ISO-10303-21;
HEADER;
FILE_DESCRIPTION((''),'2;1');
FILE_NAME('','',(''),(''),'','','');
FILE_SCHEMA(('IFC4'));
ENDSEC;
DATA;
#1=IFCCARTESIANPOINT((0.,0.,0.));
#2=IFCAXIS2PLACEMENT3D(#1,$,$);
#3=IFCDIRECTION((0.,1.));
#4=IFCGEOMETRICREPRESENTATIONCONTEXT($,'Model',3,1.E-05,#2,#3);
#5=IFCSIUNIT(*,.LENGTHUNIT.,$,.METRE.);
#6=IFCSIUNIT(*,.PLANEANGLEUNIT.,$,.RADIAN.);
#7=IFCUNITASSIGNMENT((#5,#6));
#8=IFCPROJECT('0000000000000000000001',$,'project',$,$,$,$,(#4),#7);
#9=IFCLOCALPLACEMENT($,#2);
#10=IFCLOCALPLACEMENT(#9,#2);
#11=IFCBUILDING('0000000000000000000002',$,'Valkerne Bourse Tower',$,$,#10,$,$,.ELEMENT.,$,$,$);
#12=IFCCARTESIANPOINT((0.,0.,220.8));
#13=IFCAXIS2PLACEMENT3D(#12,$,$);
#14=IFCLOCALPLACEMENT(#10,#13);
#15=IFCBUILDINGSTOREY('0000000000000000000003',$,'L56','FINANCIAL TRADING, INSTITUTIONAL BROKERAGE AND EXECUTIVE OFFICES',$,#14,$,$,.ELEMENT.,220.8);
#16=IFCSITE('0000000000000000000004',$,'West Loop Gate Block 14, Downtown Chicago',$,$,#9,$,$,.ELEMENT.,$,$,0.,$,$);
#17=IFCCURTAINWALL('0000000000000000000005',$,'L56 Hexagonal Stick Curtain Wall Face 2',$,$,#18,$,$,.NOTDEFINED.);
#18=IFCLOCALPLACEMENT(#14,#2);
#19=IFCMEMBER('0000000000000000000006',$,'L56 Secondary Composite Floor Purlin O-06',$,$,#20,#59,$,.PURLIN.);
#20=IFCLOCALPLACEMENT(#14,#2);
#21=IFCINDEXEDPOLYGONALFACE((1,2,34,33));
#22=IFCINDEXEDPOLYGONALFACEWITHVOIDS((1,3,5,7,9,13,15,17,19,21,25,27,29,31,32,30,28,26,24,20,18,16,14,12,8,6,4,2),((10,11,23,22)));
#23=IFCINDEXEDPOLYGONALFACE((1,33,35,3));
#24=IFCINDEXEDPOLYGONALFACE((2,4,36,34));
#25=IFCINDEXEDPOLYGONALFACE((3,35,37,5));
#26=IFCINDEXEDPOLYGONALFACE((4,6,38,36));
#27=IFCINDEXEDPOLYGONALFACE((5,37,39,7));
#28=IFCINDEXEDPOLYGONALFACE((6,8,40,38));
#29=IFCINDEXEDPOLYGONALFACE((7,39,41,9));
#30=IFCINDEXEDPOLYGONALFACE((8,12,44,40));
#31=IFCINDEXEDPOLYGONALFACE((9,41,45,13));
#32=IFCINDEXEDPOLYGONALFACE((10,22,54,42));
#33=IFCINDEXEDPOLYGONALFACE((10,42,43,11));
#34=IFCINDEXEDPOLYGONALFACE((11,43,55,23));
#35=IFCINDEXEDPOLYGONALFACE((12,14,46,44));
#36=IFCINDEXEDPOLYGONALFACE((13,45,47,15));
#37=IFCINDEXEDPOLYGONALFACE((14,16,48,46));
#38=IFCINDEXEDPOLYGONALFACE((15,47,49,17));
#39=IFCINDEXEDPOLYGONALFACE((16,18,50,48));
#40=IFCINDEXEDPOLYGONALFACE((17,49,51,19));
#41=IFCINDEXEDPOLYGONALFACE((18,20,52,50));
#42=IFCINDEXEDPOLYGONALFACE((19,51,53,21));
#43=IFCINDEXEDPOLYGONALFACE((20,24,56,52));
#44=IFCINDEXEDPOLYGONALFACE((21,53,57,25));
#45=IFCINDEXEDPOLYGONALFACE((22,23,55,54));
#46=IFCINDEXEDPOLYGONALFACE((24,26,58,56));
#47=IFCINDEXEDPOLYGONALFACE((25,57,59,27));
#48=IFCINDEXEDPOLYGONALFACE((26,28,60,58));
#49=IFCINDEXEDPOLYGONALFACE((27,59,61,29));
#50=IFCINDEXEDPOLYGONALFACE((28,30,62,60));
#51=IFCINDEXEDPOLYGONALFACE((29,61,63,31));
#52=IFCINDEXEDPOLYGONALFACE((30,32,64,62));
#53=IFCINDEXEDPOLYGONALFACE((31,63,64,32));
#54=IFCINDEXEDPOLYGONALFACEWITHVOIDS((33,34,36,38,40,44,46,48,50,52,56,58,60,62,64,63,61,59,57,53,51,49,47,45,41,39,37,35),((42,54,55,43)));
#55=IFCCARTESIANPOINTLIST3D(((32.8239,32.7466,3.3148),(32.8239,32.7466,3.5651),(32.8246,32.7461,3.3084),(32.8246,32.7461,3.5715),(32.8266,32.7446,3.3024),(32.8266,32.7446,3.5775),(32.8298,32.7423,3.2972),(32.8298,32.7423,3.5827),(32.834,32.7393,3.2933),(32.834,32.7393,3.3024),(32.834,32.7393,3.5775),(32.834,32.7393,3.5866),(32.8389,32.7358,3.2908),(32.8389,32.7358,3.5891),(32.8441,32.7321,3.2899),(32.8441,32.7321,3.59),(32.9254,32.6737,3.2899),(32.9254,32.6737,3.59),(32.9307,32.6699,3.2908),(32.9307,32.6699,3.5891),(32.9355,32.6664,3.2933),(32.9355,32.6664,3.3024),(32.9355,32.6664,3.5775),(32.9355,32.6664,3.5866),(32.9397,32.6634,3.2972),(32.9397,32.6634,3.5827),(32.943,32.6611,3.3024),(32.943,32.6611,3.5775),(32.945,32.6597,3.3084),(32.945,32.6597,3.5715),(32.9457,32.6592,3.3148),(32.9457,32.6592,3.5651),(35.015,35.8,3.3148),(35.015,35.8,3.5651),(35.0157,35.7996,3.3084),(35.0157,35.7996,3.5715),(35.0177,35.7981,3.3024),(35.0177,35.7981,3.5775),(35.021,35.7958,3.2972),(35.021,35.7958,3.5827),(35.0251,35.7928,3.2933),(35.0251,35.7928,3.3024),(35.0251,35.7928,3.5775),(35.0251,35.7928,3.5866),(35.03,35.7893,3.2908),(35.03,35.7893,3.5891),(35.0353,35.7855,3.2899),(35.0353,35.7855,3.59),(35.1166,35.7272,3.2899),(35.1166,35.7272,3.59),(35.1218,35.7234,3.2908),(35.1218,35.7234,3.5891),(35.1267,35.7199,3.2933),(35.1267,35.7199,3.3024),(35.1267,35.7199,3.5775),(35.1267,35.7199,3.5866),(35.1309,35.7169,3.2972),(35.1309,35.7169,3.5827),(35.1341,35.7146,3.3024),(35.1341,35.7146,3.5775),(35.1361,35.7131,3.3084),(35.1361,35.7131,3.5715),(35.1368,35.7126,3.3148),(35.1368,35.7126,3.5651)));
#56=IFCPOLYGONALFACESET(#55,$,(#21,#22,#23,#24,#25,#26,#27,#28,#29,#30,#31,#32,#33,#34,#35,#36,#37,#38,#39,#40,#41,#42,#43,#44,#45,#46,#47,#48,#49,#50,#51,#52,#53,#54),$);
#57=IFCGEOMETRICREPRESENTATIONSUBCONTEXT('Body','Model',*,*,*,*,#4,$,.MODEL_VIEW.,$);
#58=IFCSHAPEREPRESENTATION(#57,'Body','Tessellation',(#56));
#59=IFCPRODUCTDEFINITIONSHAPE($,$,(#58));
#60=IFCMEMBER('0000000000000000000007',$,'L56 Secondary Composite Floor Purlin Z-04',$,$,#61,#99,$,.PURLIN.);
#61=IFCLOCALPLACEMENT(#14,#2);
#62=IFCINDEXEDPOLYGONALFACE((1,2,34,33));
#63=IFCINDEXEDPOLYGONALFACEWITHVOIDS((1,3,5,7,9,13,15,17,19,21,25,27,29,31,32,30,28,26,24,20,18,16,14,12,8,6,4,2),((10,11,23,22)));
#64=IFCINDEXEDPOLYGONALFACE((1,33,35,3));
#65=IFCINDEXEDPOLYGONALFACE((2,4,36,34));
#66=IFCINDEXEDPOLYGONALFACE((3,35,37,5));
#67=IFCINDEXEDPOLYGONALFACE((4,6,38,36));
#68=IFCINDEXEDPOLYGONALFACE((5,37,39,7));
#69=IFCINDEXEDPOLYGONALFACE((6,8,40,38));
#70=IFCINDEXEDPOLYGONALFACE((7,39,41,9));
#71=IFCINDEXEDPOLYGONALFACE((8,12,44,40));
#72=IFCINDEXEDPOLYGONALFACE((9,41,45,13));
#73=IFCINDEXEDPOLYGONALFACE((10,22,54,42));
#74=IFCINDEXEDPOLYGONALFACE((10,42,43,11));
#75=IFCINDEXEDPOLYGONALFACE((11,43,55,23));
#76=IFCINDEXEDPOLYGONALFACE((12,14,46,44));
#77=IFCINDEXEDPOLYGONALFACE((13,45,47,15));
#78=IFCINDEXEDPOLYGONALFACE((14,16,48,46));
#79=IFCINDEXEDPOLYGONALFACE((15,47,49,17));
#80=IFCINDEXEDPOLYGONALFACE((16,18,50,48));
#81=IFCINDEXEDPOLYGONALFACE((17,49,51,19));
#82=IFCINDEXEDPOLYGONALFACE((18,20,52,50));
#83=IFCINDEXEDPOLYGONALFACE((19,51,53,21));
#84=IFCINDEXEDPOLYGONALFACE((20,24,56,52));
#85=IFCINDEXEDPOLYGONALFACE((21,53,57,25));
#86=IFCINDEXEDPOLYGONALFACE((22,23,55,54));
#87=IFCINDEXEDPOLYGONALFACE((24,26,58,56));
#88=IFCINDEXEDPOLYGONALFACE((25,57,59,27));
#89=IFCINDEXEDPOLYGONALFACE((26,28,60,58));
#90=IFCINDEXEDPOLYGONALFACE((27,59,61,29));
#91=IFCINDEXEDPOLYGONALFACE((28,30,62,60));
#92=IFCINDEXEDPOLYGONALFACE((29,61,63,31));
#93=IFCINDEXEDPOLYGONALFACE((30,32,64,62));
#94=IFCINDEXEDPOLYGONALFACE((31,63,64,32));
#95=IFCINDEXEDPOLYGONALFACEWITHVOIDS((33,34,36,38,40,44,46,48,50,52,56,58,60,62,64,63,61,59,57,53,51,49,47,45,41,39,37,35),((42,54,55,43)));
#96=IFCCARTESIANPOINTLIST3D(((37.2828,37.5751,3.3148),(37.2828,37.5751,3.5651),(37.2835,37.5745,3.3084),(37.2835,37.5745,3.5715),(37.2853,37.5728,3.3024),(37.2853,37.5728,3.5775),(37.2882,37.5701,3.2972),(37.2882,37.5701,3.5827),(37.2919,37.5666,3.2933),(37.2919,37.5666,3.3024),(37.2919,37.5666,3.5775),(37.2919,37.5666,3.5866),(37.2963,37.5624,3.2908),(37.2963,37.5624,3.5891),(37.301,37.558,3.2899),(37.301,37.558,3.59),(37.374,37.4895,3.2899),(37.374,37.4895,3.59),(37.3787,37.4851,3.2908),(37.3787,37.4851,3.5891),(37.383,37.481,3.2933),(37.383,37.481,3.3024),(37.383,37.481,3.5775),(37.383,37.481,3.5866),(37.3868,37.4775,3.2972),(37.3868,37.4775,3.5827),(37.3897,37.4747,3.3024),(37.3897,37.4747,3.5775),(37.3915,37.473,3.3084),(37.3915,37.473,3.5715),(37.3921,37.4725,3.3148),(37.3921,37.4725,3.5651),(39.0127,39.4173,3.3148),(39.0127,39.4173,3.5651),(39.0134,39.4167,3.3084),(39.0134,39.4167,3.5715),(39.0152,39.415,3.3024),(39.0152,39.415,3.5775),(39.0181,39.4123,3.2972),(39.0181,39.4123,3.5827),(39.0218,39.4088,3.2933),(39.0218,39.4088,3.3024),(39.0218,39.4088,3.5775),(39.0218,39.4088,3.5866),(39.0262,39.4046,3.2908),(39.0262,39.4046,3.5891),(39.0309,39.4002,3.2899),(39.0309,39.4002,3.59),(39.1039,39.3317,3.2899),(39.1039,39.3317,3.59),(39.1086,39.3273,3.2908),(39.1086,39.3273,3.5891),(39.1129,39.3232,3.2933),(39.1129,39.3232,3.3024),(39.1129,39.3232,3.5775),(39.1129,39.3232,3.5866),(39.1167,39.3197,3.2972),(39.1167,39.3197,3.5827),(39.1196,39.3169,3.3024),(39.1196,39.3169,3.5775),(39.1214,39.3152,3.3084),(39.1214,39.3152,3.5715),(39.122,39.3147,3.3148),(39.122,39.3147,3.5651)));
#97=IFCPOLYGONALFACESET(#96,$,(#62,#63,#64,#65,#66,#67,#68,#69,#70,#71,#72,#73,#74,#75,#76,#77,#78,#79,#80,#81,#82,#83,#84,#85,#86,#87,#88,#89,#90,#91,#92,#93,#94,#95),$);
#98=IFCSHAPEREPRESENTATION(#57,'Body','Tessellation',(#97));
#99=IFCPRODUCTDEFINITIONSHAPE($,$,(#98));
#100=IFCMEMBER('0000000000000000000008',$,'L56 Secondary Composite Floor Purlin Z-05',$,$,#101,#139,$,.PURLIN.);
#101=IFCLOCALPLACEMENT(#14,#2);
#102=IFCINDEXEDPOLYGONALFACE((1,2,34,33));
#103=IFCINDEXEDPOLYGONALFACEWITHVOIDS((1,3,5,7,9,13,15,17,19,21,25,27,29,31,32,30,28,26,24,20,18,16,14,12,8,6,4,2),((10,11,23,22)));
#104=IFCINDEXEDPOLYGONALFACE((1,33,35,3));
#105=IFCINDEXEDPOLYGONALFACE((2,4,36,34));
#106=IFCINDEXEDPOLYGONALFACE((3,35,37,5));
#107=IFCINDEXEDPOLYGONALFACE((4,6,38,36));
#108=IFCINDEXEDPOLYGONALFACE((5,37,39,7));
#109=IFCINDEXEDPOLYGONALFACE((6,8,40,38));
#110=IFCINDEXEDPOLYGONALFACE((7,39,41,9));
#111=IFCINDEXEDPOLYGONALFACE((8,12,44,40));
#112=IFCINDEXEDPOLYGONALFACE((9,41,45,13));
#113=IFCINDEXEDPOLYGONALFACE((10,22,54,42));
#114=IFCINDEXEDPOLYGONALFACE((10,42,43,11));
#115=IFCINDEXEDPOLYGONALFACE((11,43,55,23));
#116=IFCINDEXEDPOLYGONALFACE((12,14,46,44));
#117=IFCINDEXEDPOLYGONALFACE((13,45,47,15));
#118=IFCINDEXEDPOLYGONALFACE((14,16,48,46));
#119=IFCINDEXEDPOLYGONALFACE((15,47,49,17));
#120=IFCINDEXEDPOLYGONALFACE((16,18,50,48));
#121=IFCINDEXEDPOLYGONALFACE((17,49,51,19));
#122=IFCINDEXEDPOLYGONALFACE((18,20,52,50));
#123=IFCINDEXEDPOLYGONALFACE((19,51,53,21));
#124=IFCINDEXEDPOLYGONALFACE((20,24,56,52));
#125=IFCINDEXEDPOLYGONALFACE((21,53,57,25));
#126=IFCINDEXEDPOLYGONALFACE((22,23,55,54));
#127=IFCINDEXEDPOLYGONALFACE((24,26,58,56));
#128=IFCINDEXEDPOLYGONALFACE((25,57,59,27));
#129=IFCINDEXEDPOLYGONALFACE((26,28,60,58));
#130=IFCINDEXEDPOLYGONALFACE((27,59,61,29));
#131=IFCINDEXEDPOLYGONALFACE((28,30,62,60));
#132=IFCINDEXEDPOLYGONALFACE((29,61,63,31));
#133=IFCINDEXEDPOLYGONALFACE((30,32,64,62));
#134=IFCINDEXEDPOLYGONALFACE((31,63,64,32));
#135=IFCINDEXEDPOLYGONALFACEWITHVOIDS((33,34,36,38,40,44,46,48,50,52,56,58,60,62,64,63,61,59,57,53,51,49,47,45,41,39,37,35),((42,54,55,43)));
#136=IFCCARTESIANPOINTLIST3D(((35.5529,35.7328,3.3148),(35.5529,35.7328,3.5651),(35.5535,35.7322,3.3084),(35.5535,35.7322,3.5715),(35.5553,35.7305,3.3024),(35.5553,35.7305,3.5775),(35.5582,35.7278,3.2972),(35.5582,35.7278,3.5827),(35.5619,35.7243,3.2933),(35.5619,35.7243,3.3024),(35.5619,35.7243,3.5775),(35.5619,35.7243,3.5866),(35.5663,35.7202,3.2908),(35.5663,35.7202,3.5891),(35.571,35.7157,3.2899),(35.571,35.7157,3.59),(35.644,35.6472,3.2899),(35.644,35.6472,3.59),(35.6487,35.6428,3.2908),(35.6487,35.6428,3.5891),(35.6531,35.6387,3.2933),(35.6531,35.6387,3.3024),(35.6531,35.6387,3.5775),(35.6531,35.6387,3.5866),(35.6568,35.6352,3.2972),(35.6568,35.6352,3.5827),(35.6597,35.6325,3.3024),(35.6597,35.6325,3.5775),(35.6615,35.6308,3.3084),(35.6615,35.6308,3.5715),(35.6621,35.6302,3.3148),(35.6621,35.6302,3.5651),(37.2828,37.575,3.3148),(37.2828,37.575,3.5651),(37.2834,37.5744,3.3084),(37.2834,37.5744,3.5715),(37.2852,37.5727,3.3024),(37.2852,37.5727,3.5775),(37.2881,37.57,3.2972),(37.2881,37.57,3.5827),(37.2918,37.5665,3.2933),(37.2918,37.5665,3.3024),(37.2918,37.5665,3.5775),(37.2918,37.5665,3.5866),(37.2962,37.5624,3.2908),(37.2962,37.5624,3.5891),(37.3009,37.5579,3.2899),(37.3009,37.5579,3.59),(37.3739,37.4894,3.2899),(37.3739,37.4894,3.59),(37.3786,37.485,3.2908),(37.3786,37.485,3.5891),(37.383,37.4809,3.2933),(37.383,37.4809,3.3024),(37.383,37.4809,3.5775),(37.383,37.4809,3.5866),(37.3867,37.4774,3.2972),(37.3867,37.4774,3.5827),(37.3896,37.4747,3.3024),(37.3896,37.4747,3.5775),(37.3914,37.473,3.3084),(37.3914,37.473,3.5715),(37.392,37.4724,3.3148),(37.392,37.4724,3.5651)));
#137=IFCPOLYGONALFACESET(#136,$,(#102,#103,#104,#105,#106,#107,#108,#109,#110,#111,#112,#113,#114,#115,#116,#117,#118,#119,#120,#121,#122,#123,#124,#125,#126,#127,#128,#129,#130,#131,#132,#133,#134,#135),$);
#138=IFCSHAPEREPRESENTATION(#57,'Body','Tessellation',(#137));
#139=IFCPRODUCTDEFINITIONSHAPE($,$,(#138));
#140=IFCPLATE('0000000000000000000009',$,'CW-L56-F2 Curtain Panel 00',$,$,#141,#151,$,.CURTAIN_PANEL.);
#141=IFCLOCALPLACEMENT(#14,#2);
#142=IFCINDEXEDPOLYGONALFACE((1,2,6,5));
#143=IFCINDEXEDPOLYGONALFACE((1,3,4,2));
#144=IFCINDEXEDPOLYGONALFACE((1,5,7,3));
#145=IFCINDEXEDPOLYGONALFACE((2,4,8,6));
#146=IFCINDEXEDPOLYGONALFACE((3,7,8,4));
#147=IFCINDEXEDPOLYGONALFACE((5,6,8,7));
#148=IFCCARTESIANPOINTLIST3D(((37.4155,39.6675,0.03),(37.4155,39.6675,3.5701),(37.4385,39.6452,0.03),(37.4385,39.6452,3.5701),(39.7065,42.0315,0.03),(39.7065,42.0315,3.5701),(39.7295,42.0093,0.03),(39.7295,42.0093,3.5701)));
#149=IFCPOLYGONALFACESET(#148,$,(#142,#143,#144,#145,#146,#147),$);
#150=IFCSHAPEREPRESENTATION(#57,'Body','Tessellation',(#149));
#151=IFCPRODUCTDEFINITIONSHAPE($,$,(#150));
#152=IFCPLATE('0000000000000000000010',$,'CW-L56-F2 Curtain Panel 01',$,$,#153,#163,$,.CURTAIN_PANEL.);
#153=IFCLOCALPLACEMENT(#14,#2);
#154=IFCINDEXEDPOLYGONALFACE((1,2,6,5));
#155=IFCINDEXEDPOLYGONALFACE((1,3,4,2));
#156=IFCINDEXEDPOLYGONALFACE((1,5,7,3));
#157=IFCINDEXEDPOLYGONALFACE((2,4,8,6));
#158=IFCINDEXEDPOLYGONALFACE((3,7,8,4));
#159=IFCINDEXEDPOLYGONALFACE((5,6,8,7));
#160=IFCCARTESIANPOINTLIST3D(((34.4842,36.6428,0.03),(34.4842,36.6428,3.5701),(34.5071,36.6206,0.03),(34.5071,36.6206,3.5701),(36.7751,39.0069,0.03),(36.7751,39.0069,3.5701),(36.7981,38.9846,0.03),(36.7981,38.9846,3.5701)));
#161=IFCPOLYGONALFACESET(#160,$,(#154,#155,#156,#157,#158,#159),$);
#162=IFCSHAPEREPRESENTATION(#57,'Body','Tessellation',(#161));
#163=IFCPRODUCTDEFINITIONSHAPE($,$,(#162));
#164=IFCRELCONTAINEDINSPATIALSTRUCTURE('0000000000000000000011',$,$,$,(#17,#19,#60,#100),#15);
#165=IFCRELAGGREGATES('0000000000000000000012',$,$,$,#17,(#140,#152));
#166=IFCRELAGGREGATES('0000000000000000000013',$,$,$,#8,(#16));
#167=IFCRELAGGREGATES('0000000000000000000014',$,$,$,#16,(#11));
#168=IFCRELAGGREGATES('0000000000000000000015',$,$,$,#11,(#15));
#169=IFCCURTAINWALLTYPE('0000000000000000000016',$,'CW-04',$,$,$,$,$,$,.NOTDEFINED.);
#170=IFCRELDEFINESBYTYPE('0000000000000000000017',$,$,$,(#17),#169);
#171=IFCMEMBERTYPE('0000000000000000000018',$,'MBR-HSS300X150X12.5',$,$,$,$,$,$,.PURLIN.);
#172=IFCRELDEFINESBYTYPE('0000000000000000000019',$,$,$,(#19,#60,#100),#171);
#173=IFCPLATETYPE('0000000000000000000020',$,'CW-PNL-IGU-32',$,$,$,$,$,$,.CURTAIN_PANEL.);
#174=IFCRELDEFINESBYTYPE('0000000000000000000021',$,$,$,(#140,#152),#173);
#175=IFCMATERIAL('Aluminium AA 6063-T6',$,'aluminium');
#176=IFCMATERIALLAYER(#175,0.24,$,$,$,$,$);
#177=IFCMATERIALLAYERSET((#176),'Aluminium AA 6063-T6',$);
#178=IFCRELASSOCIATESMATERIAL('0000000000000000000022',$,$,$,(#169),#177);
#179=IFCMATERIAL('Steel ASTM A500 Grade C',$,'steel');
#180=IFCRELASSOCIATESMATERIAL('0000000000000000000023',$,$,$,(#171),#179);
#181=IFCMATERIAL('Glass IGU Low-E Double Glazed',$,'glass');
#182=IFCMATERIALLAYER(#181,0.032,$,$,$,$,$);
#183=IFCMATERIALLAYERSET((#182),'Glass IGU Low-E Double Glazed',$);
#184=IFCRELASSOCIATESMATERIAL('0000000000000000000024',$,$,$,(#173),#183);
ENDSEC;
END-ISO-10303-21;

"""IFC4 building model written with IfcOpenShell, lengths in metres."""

from ifc_helpers import new_model, si_unit, direction, frame, origin, origin_2d, place, context, subcontext, project, spatial, rectangle, hollow_rectangle, extrude, material, layer, layer_set, material_profile, profile_set, type_object, element, aggregate, save


model = new_model("IFC4")

# Units and contexts
model_context = context("Model", 3, precision=1e-05, world=origin(), true_north=direction((0.0, 1.0)))
body_context = subcontext(model_context, "Body", "Model", "MODEL_VIEW")
ifc_project = project(units=[si_unit("LENGTHUNIT", "METRE"), si_unit("PLANEANGLEUNIT", "RADIAN")], contexts=[model_context])

# Site, building, storey
site_placement = place(None, origin())
site = spatial("IfcSite", under=ifc_project, at=site_placement, Name="West Loop Gate Block 14, Downtown Chicago", CompositionType="ELEMENT", RefElevation=0.0)
building_placement = place(site_placement, origin())
building = spatial("IfcBuilding", under=site, at=building_placement, Name="Valkerne Bourse Tower", CompositionType="ELEMENT")
storey_placement = place(building_placement, frame((0.0, 0.0, 220.8)))
storey = spatial("IfcBuildingStorey", under=building, at=storey_placement, Name="L56", Description="FINANCIAL TRADING, INSTITUTIONAL BROKERAGE AND EXECUTIVE OFFICES", CompositionType="ELEMENT", Elevation=220.8)

# Curtain wall
ifc_material_1 = material(Name="Aluminium AA 6063-T6", Category="aluminium")
ifc_layer_1 = layer(ifc_material_1, 0.24)
ifc_layer_set_1 = layer_set([ifc_layer_1], Name="Aluminium AA 6063-T6")
curtain_wall_type = type_object("IfcCurtainWallType", Name="CW-04", PredefinedType="NOTDEFINED", material=ifc_layer_set_1)
curtain_wall_placement = place(storey_placement, origin())
curtain_wall = element("IfcCurtainWall", 1, at=curtain_wall_placement, inside=storey, type_object=curtain_wall_type, Name="L56 Hexagonal Stick Curtain Wall Face 2", PredefinedType="NOTDEFINED")

# Members
ifc_material_2 = material(Name="Steel ASTM A500 Grade C", Category="steel")
ifc_material_profile_1 = material_profile(ifc_material_2, hollow_rectangle(XDim=0.1499, YDim=0.3, WallThickness=0.0125, OuterFilletRadius=0.0249, at=origin_2d()), Name="HSS300X150X12.5")
ifc_profile_set_1 = profile_set([ifc_material_profile_1], Name="Steel ASTM A500 Grade C")
member_type_1 = type_object("IfcMemberType", Name="MBR-HSS300X150X12.5", PredefinedType="PURLIN", material=ifc_profile_set_1)
member_1_placement = place(storey_placement, frame((35.0759, 35.7563, 3.4399), z_axis=(-0.583019, -0.812459, 0.0), x_axis=(0.812459, -0.583019, 0.0)))
element("IfcMember", 2, at=member_1_placement, inside=storey, type_object=member_type_1, Name="L56 Secondary Composite Floor Purlin O-06", PredefinedType="PURLIN", context=body_context, shape_type="SweptSolid", body=[
    extrude(hollow_rectangle(XDim=0.1499, YDim=0.3, WallThickness=0.0125, OuterFilletRadius=0.0249, at=origin_2d()), origin(), (0.0, 0.0, 1.0), 3.7583),
])
for number, where, z_axis, x_axis, name in (
    (3, (39.0674, 39.366, 3.4399), (-0.684539, -0.728977, 0.0), (0.728977, -0.684539, 0.0), "L56 Secondary Composite Floor Purlin Z-04"),
    (4, (37.3374, 37.5237, 3.4399), (-0.684539, -0.728977, 0.0), (0.728977, -0.684539, 0.0), "L56 Secondary Composite Floor Purlin Z-05"),
):
    element("IfcMember", number, at=place(storey_placement, frame(where, z_axis=z_axis, x_axis=x_axis)), inside=storey, type_object=member_type_1, Name=name, PredefinedType="PURLIN", context=body_context, shape_type="SweptSolid", body=[
        extrude(hollow_rectangle(XDim=0.1499, YDim=0.3, WallThickness=0.0125, OuterFilletRadius=0.0249, at=origin_2d()), origin(), (0.0, 0.0, 1.0), 2.5271),
    ])

# Plates
ifc_material_3 = material(Name="Glass IGU Low-E Double Glazed", Category="glass")
ifc_layer_2 = layer(ifc_material_3, 0.032)
ifc_layer_set_2 = layer_set([ifc_layer_2], Name="Glass IGU Low-E Double Glazed")
plate_type = type_object("IfcPlateType", Name="CW-PNL-IGU-32", PredefinedType="CURTAIN_PANEL", material=ifc_layer_set_2)
plate_1_placement = place(storey_placement, frame((38.5725, 40.8384, 0.03), z_axis=(0.0, 0.0, 1.0), x_axis=(-0.69592, -0.718119, 0.0)))
plate_1 = element("IfcPlate", 5, at=plate_1_placement, type_object=plate_type, Name="CW-L56-F2 Curtain Panel 00", PredefinedType="CURTAIN_PANEL", context=body_context, shape_type="SweptSolid", body=[
    extrude(rectangle(XDim=3.292, YDim=0.032, at=origin_2d()), origin(), (0.0, 0.0, 1.0), 3.54),
])
plate_2_placement = place(storey_placement, frame((35.6411, 37.8137, 0.03), z_axis=(0.0, 0.0, 1.0), x_axis=(-0.695908, -0.71813, 0.0)))
plate_2 = element("IfcPlate", 6, at=plate_2_placement, type_object=plate_type, Name="CW-L56-F2 Curtain Panel 01", PredefinedType="CURTAIN_PANEL", context=body_context, shape_type="SweptSolid", body=[
    extrude(rectangle(XDim=3.292, YDim=0.032, at=origin_2d()), origin(), (0.0, 0.0, 1.0), 3.54),
])
aggregate(curtain_wall, [plate_1, plate_2])

save(model, "model.ifc")
